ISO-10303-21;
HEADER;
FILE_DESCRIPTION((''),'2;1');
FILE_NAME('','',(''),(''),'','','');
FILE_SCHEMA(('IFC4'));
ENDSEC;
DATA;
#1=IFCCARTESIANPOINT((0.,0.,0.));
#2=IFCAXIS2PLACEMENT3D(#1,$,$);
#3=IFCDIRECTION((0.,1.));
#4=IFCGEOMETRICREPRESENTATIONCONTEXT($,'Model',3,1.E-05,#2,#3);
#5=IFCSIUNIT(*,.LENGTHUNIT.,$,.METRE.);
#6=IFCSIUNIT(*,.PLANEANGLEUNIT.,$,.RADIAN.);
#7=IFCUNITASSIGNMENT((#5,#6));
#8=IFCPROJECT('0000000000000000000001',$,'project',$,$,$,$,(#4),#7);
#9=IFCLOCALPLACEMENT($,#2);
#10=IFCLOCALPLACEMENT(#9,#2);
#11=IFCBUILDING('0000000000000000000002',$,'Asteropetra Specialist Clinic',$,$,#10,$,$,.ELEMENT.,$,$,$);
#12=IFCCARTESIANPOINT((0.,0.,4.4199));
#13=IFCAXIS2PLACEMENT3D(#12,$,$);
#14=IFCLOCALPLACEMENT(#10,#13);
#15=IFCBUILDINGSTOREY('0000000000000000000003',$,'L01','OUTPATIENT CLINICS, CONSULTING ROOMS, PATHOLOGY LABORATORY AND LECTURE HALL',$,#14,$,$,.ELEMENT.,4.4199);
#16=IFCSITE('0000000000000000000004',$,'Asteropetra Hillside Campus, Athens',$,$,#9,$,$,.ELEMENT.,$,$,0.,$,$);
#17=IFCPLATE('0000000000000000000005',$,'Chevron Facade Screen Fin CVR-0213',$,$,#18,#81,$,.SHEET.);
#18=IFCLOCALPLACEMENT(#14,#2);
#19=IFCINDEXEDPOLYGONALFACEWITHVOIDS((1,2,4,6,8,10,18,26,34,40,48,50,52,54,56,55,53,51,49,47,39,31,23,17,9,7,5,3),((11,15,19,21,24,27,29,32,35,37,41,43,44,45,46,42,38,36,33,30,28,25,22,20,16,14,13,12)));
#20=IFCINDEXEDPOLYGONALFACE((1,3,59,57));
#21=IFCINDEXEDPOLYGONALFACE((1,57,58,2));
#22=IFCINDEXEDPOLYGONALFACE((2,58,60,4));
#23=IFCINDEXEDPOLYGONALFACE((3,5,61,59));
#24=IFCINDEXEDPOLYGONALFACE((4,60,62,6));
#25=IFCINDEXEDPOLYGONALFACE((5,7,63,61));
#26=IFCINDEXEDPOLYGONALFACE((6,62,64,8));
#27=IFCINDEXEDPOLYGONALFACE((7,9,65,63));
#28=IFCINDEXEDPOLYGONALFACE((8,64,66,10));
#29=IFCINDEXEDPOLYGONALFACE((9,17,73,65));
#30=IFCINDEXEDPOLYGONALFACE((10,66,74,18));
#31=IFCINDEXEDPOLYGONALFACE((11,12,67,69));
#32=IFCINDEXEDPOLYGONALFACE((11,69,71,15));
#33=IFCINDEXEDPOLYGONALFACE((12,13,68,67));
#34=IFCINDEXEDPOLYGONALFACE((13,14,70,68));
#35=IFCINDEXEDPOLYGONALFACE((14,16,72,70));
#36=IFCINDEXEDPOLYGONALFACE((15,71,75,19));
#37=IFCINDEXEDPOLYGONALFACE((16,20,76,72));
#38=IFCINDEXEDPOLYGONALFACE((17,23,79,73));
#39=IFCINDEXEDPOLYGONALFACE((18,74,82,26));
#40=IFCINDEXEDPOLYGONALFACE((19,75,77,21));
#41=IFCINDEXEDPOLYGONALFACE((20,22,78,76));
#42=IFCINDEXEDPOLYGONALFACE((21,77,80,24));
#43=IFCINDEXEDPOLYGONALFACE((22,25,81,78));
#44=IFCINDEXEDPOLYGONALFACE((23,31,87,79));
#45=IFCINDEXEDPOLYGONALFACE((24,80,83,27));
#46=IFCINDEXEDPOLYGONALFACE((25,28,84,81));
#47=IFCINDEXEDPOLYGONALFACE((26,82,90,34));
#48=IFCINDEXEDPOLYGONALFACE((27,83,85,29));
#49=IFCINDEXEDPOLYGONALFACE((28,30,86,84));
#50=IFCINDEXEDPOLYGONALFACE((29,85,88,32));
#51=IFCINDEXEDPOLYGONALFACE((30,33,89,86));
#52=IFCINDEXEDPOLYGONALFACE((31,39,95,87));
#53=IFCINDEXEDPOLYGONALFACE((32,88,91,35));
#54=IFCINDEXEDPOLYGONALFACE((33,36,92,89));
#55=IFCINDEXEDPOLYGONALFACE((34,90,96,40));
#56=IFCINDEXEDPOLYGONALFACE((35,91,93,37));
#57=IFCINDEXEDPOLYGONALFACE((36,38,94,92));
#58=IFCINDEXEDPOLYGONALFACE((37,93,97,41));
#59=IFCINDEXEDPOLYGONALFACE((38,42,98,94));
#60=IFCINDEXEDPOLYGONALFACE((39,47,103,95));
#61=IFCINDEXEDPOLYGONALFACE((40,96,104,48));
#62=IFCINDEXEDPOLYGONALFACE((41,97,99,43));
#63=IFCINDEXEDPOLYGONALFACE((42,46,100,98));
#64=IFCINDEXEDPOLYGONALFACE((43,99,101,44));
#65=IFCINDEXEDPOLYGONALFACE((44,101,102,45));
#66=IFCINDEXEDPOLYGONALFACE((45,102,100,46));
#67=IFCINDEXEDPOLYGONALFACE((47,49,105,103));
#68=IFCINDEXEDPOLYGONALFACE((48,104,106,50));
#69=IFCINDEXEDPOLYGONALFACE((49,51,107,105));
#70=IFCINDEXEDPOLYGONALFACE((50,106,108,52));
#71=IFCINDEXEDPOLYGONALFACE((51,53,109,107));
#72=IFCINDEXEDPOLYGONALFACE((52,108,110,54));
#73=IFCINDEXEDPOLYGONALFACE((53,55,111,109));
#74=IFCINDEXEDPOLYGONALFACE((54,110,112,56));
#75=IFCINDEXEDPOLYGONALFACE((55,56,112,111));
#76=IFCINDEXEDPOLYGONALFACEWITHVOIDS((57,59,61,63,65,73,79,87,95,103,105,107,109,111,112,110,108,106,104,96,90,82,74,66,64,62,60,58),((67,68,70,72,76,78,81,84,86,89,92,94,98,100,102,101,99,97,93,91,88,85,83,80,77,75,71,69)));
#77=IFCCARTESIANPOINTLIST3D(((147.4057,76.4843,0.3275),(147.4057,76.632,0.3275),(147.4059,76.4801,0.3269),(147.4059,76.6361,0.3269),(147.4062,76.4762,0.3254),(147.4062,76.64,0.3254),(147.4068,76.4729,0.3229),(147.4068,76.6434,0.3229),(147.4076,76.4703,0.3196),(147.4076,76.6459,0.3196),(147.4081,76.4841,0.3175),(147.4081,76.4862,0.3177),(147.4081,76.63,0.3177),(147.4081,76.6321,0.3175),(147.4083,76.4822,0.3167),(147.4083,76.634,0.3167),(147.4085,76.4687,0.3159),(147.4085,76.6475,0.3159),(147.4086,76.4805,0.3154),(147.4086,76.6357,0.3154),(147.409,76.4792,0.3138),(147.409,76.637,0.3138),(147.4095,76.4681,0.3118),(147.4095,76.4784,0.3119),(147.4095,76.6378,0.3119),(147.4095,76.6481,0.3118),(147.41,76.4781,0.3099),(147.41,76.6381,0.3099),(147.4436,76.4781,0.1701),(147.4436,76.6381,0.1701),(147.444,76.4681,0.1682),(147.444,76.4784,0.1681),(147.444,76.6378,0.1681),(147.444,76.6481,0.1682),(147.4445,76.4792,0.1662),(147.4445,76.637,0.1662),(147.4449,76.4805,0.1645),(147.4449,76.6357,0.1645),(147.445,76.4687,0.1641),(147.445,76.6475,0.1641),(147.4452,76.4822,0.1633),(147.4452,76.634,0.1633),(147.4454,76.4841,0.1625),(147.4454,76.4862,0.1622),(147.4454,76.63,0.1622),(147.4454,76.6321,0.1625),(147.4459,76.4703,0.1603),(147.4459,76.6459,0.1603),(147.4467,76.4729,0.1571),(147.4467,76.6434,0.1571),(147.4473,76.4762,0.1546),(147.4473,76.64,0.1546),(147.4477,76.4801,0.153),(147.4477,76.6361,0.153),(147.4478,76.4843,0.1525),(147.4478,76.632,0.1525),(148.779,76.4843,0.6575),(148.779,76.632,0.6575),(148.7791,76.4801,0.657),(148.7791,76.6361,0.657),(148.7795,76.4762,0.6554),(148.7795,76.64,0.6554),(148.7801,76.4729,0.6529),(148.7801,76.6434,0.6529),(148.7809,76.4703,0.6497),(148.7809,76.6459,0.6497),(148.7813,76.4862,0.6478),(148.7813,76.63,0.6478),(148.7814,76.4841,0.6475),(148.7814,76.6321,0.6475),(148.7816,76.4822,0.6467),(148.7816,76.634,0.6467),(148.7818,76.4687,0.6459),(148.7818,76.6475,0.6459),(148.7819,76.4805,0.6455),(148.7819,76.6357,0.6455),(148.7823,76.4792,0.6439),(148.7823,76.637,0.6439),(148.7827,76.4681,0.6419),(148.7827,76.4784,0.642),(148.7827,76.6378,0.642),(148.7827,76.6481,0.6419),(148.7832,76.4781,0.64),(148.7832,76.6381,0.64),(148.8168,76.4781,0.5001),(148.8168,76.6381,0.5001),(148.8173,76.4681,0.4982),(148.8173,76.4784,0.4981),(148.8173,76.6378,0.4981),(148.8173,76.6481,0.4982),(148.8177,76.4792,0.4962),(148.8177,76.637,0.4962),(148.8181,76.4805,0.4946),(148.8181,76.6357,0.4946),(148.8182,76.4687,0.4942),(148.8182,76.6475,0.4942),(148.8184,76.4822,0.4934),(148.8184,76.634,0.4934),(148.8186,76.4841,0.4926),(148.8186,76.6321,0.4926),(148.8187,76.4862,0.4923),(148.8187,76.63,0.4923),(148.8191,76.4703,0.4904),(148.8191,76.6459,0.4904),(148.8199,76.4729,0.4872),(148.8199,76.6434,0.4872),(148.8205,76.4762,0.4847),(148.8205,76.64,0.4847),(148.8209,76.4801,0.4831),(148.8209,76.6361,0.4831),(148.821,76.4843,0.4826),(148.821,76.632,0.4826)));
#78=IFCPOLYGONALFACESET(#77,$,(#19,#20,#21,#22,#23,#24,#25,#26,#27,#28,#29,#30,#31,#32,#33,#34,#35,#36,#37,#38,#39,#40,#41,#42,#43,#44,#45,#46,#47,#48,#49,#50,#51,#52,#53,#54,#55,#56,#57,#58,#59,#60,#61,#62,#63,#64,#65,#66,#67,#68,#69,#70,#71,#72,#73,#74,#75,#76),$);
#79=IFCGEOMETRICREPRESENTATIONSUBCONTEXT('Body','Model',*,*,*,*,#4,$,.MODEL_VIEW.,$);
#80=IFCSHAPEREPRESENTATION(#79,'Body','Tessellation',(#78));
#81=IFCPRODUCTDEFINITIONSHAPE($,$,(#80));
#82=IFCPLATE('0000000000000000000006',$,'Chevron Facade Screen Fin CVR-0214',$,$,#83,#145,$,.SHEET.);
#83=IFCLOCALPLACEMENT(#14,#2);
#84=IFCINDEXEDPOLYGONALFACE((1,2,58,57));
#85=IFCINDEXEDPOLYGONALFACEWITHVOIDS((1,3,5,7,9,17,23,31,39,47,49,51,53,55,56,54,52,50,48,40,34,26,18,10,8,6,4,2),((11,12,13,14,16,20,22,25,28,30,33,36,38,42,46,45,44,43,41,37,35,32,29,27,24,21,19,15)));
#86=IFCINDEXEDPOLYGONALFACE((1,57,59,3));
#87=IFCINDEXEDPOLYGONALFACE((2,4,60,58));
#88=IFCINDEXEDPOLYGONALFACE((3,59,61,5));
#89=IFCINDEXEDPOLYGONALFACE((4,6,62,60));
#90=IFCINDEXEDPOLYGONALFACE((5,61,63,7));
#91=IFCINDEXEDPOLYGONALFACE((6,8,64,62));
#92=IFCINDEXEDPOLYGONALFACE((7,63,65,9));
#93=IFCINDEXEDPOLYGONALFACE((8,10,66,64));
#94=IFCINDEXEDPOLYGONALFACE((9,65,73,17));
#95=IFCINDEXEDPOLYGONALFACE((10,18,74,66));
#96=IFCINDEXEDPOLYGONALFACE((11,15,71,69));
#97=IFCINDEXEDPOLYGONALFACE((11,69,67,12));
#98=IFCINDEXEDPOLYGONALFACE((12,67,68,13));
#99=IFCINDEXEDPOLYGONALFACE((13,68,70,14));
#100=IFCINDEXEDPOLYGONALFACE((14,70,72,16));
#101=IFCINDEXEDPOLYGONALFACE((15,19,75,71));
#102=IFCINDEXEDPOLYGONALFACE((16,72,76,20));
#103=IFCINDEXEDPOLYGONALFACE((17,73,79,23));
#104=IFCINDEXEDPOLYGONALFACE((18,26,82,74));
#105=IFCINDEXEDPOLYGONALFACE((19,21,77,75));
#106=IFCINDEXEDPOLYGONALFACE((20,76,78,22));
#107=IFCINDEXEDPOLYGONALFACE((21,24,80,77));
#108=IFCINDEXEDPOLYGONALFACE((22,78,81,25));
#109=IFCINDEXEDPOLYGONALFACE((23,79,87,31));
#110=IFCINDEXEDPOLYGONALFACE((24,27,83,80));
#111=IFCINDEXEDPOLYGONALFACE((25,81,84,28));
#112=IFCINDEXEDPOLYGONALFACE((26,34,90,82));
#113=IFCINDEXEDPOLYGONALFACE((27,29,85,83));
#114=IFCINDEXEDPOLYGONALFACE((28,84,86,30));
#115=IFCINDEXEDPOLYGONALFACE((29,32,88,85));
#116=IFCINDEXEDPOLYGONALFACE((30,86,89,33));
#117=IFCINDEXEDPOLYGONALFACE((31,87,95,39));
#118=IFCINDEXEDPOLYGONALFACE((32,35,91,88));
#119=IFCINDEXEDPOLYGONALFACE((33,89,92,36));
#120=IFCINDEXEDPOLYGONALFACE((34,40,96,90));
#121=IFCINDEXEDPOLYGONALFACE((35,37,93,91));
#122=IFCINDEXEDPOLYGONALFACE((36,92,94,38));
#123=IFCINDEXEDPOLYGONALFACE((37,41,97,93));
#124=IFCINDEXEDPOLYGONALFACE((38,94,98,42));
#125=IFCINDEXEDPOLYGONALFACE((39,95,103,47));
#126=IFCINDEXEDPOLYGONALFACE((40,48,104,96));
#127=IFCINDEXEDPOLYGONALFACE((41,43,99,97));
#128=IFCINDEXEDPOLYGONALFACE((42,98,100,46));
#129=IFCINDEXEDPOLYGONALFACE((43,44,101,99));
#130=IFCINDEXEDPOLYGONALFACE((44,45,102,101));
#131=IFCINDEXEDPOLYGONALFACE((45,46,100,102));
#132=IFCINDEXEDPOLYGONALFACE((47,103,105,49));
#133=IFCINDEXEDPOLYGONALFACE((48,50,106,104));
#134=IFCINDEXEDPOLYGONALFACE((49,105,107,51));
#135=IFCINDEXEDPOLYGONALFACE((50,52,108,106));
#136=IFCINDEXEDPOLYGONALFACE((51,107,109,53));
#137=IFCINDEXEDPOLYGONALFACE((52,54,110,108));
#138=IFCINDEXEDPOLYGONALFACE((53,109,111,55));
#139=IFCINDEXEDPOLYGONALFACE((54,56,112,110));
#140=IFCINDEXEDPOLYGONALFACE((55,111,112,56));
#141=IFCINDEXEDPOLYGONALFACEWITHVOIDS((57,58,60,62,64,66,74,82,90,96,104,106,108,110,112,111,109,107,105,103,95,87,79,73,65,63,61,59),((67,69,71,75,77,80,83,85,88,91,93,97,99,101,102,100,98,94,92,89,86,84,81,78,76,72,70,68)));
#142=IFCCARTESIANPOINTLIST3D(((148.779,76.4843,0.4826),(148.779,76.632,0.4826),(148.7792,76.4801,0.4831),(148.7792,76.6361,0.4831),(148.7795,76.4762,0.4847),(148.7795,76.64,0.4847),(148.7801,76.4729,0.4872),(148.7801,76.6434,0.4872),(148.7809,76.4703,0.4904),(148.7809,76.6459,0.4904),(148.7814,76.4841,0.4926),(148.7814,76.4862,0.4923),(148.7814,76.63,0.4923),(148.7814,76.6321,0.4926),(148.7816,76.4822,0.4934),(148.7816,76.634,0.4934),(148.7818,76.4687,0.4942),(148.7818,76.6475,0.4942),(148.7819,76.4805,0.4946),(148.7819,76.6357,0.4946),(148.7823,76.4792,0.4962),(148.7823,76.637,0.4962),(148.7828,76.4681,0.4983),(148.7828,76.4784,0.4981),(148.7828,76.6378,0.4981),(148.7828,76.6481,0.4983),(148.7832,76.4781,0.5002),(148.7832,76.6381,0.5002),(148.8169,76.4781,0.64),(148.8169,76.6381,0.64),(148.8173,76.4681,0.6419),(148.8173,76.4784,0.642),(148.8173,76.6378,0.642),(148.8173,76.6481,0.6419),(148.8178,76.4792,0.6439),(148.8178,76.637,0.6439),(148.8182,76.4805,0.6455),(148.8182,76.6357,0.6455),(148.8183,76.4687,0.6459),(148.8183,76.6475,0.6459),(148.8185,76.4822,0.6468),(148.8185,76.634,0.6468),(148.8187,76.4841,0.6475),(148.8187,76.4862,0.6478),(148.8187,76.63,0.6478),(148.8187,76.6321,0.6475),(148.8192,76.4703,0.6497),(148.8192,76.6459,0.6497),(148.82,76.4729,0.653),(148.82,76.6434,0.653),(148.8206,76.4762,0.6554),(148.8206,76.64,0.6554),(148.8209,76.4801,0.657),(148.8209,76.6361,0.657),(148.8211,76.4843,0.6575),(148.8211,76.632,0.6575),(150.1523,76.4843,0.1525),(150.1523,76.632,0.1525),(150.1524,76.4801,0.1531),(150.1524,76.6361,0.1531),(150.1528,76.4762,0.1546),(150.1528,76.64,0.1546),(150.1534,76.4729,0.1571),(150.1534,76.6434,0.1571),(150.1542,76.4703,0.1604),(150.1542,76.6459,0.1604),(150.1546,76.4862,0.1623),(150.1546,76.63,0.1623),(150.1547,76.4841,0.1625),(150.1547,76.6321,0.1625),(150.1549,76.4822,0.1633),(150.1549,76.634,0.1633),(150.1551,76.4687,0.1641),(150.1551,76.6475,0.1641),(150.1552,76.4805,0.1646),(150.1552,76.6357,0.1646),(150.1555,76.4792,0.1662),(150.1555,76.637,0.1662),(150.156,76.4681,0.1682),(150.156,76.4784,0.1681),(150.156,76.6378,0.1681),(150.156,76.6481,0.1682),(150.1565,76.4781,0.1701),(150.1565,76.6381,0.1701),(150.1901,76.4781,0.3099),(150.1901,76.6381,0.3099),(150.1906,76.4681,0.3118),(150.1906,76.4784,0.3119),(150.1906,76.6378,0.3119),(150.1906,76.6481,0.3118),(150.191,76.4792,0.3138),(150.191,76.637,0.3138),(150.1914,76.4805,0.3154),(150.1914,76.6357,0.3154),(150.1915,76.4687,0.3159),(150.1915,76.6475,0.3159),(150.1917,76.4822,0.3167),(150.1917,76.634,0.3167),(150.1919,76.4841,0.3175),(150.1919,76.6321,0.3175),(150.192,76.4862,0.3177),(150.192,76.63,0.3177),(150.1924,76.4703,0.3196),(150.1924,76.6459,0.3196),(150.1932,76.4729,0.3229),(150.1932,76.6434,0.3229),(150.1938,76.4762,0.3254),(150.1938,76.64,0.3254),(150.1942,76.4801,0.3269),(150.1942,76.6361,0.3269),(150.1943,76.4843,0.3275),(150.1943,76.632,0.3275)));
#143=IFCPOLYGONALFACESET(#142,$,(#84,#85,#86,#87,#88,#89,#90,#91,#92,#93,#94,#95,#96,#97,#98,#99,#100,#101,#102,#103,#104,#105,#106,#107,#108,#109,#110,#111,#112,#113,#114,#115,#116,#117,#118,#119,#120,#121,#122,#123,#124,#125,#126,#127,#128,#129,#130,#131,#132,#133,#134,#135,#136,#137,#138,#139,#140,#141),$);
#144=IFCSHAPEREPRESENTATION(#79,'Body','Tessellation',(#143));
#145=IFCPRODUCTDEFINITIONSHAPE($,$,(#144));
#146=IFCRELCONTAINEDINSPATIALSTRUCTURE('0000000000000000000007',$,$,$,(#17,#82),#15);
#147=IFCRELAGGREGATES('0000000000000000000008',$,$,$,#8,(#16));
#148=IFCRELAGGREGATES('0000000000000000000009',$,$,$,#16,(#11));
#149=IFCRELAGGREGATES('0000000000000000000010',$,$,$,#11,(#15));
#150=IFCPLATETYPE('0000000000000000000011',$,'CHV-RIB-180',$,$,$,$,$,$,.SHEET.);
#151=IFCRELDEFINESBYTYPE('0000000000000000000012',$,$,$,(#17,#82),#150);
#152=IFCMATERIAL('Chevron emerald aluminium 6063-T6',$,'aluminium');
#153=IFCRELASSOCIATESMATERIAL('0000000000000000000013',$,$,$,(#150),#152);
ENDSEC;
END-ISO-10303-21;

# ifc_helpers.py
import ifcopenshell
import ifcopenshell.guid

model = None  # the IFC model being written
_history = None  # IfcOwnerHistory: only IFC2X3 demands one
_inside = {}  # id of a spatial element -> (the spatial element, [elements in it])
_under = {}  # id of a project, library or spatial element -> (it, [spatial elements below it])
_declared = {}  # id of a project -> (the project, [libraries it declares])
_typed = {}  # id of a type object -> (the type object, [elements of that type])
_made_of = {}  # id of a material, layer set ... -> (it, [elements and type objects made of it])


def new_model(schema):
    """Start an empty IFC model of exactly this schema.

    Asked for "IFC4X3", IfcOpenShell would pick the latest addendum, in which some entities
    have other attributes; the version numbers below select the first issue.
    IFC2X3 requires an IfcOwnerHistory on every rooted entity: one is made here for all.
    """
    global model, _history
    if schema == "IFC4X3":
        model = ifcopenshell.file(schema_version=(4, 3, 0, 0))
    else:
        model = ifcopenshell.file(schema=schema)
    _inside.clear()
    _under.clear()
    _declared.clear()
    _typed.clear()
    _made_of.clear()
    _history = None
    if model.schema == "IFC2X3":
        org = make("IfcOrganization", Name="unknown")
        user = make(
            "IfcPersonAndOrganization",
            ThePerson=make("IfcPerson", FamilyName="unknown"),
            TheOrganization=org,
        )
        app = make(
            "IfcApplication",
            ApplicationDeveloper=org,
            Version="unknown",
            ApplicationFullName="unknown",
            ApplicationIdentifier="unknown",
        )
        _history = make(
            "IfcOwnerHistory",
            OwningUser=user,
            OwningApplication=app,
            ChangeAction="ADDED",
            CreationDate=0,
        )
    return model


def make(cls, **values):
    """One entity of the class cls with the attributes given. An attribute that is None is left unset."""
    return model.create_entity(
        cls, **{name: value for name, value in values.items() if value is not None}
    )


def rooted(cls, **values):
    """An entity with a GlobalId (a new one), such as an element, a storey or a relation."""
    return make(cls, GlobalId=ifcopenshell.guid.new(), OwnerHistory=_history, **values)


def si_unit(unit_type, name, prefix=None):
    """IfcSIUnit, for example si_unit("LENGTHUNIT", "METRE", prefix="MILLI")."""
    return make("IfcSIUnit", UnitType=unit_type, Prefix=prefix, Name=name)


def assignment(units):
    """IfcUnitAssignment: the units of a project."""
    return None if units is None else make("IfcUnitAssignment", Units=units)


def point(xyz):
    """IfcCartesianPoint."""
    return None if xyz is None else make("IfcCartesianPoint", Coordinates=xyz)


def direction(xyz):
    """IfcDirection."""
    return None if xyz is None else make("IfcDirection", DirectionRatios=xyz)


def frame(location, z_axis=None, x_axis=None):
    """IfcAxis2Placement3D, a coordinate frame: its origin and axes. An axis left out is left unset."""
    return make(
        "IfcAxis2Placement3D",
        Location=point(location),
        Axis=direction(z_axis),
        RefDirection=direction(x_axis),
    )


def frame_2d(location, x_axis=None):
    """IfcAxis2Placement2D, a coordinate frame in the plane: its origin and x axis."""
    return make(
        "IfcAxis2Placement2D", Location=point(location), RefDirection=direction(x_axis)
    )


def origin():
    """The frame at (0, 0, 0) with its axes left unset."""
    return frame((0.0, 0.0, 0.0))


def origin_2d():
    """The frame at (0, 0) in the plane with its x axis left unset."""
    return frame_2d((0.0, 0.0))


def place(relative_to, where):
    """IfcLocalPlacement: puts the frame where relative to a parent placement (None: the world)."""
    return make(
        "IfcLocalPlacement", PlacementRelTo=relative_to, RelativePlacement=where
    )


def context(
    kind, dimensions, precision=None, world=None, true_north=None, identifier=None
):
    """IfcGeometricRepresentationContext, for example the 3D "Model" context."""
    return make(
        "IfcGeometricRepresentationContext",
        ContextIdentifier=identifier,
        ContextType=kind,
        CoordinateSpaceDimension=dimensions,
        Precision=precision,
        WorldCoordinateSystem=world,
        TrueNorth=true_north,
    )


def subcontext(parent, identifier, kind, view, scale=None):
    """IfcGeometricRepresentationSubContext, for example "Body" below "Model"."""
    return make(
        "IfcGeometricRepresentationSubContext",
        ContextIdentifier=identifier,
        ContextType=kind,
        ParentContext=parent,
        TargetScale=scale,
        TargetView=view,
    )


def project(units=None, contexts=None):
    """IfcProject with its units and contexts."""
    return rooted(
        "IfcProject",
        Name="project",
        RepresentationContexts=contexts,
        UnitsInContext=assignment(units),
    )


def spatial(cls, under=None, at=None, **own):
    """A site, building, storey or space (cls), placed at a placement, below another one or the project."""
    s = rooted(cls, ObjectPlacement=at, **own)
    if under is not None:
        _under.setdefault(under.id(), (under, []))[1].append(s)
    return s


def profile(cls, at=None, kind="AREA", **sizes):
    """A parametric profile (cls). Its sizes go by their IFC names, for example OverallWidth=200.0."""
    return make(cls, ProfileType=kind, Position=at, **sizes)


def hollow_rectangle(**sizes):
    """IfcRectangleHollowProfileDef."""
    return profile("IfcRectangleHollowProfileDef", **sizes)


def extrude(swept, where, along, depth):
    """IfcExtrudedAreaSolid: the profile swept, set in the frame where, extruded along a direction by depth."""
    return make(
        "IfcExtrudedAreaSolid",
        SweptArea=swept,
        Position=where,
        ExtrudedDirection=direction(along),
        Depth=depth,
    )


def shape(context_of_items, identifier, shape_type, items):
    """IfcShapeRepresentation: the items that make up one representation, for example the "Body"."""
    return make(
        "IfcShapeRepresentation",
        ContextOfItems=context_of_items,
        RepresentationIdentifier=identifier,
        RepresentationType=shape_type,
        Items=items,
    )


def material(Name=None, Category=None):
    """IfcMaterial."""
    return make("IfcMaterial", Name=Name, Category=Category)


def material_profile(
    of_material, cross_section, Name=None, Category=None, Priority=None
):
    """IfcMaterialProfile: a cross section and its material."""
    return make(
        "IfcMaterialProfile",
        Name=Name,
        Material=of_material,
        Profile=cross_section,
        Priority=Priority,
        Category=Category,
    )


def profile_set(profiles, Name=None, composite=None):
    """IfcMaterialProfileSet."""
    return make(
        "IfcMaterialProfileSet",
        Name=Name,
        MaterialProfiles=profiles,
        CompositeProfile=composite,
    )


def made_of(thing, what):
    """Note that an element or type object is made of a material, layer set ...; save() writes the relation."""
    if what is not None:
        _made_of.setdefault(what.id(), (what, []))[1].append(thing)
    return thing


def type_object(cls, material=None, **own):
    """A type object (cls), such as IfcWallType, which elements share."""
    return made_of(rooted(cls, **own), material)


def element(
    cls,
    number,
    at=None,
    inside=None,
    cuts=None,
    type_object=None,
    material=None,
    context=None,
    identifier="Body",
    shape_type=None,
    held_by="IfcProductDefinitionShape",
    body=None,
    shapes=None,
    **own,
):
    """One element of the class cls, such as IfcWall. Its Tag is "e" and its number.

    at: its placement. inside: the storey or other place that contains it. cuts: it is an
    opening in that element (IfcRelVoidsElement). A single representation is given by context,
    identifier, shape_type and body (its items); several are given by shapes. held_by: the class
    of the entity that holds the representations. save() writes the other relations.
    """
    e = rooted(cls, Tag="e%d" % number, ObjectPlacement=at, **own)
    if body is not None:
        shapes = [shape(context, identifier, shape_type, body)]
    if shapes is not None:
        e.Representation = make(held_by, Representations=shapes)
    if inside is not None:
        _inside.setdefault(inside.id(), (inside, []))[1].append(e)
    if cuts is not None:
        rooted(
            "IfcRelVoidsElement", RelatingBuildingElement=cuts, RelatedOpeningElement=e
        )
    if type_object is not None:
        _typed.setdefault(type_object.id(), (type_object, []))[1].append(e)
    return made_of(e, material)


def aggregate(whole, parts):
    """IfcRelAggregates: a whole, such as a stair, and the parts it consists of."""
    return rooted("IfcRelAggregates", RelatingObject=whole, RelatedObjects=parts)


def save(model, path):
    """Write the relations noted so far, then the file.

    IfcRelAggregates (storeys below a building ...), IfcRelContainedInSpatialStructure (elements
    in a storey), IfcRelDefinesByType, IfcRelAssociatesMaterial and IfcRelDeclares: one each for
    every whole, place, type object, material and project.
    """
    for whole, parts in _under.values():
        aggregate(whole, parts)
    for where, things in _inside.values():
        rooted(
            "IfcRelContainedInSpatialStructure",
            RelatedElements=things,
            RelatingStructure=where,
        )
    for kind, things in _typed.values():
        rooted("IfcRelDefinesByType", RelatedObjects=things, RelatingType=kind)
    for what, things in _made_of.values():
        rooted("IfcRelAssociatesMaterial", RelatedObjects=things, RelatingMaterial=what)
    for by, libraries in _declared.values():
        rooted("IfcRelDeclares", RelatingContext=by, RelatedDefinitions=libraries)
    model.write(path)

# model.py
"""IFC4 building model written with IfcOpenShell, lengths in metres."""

from ifc_helpers import new_model, si_unit, direction, frame, origin, origin_2d, place, context, subcontext, project, spatial, hollow_rectangle, extrude, material, material_profile, profile_set, type_object, element, save


model = new_model("IFC4")

# Units and contexts
model_context = context("Model", 3, precision=1e-05, world=origin(), true_north=direction((0.0, 1.0)))
body_context = subcontext(model_context, "Body", "Model", "MODEL_VIEW")
ifc_project = project(units=[si_unit("LENGTHUNIT", "METRE"), si_unit("PLANEANGLEUNIT", "RADIAN")], contexts=[model_context])

# Site, building, storey
site_placement = place(None, origin())
site = spatial("IfcSite", under=ifc_project, at=site_placement, Name="Asteropetra Hillside Campus, Athens", CompositionType="ELEMENT", RefElevation=0.0)
building_placement = place(site_placement, origin())
building = spatial("IfcBuilding", under=site, at=building_placement, Name="Asteropetra Specialist Clinic", CompositionType="ELEMENT")
storey_placement = place(building_placement, frame((0.0, 0.0, 4.4199)))
storey = spatial("IfcBuildingStorey", under=building, at=storey_placement, Name="L01", Description="OUTPATIENT CLINICS, CONSULTING ROOMS, PATHOLOGY LABORATORY AND LECTURE HALL", CompositionType="ELEMENT", Elevation=4.4199)

# Plates
ifc_material_1 = material(Name="Chevron emerald aluminium 6063-T6", Category="aluminium")
ifc_material_profile_1 = material_profile(ifc_material_1, hollow_rectangle(XDim=0.1799, YDim=0.1799, WallThickness=0.01, InnerFilletRadius=0.0081, OuterFilletRadius=0.0161, at=origin_2d()), Name="SHS 180x180x10.0")
ifc_profile_set_1 = profile_set([ifc_material_profile_1], Name="Chevron emerald aluminium 6063-T6")
plate_type = type_object("IfcPlateType", Name="CHV-RIB-180", PredefinedType="SHEET", material=ifc_profile_set_1)
for number, where, z_axis, x_axis, name in (
    (1, (147.4268, 76.5581, 0.24), (0.972309, 0.0, 0.2337), (0.0, 1.0, 0.0), "Chevron Facade Screen Fin CVR-0213"),
    (2, (148.8, 76.5581, 0.5701), (0.972309, 0.0, -0.2337), (0.0, 1.0, 0.0), "Chevron Facade Screen Fin CVR-0214"),
):
    element("IfcPlate", number, at=place(storey_placement, frame(where, z_axis=z_axis, x_axis=x_axis)), inside=storey, type_object=plate_type, Name=name, PredefinedType="SHEET", context=body_context, shape_type="SweptSolid", body=[
        extrude(hollow_rectangle(XDim=0.1799, YDim=0.1799, WallThickness=0.01, InnerFilletRadius=0.0081, OuterFilletRadius=0.0161, at=origin_2d()), origin(), (0.0, 0.0, 1.0), 1.4124),
    ])

save(model, "model.ifc")
